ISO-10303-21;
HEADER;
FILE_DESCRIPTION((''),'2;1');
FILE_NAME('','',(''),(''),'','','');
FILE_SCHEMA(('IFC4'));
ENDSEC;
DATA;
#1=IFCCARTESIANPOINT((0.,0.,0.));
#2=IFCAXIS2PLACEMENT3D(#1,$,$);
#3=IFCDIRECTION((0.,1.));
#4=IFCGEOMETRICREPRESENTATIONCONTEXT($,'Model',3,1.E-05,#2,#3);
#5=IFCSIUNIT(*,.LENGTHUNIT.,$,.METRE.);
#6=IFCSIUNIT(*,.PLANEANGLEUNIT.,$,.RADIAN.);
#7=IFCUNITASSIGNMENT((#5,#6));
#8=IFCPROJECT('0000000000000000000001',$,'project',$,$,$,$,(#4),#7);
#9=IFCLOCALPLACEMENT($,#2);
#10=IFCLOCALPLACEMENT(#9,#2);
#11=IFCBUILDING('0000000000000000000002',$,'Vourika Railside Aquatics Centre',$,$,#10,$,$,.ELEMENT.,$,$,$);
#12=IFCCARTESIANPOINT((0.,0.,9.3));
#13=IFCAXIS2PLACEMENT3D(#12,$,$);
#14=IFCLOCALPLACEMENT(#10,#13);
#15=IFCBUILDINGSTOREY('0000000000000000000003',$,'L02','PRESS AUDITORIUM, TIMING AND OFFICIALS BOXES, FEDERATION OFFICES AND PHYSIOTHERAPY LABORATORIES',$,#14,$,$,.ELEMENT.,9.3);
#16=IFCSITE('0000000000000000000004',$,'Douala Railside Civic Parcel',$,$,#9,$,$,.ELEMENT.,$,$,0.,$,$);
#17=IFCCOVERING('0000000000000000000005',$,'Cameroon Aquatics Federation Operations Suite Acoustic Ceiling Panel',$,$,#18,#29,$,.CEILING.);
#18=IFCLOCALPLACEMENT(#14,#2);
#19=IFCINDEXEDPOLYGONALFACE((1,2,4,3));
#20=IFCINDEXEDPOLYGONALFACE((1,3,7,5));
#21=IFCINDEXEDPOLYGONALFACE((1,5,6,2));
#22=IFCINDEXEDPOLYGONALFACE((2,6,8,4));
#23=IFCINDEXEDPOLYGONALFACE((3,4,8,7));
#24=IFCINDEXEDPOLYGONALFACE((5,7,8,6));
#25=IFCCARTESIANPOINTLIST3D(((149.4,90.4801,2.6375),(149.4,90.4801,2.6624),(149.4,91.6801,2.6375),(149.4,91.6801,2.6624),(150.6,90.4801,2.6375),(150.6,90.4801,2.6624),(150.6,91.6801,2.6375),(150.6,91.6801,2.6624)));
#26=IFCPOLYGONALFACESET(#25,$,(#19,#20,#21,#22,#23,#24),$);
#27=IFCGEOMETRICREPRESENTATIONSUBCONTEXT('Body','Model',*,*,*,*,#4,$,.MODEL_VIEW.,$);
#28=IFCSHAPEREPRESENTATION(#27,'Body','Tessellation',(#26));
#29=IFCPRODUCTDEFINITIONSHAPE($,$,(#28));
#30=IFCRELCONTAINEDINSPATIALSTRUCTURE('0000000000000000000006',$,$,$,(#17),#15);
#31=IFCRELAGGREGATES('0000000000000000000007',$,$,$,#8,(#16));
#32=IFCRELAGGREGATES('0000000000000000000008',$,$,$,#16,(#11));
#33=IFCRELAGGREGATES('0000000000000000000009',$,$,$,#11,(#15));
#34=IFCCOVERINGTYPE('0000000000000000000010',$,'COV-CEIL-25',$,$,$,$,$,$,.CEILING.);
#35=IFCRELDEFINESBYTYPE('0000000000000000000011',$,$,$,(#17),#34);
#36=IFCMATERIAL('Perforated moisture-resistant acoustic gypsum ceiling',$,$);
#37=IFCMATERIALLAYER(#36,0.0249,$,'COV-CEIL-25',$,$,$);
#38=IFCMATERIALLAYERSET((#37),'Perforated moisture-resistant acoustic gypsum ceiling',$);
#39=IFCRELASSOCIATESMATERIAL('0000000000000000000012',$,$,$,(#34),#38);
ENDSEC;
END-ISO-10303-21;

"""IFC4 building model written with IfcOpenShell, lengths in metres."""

from ifc_helpers import new_model, si_unit, direction, frame, origin, origin_2d, place, context, subcontext, project, spatial, rectangle, extrude, material, layer, layer_set, type_object, element, save


model = new_model("IFC4")

# Units and contexts
model_context = context("Model", 3, precision=1e-05, world=origin(), true_north=direction((0.0, 1.0)))
body_context = subcontext(model_context, "Body", "Model", "MODEL_VIEW")
ifc_project = project(units=[si_unit("LENGTHUNIT", "METRE"), si_unit("PLANEANGLEUNIT", "RADIAN")], contexts=[model_context])

# Site, building, storey
site_placement = place(None, origin())
site = spatial("IfcSite", under=ifc_project, at=site_placement, Name="Douala Railside Civic Parcel", CompositionType="ELEMENT", RefElevation=0.0)
building_placement = place(site_placement, origin())
building = spatial("IfcBuilding", under=site, at=building_placement, Name="Vourika Railside Aquatics Centre", CompositionType="ELEMENT")
storey_placement = place(building_placement, frame((0.0, 0.0, 9.3)))
storey = spatial("IfcBuildingStorey", under=building, at=storey_placement, Name="L02", Description="PRESS AUDITORIUM, TIMING AND OFFICIALS BOXES, FEDERATION OFFICES AND PHYSIOTHERAPY LABORATORIES", CompositionType="ELEMENT", Elevation=9.3)

# Covering
ifc_material_1 = material(Name="Perforated moisture-resistant acoustic gypsum ceiling")
ifc_layer_1 = layer(ifc_material_1, 0.0249, Name="COV-CEIL-25")
ifc_layer_set_1 = layer_set([ifc_layer_1], Name="Perforated moisture-resistant acoustic gypsum ceiling")
covering_type = type_object("IfcCoveringType", Name="COV-CEIL-25", PredefinedType="CEILING", material=ifc_layer_set_1)
covering_placement = place(storey_placement, frame((150.0, 91.0801, 2.6375), z_axis=(0.0, 0.0, 1.0), x_axis=(1.0, 0.0, 0.0)))
element("IfcCovering", 1, at=covering_placement, inside=storey, type_object=covering_type, Name="Cameroon Aquatics Federation Operations Suite Acoustic Ceiling Panel", PredefinedType="CEILING", context=body_context, shape_type="SweptSolid", body=[
    extrude(rectangle(XDim=1.2, YDim=1.2, at=origin_2d()), origin(), (0.0, 0.0, 1.0), 0.0249),
])

save(model, "model.ifc")
